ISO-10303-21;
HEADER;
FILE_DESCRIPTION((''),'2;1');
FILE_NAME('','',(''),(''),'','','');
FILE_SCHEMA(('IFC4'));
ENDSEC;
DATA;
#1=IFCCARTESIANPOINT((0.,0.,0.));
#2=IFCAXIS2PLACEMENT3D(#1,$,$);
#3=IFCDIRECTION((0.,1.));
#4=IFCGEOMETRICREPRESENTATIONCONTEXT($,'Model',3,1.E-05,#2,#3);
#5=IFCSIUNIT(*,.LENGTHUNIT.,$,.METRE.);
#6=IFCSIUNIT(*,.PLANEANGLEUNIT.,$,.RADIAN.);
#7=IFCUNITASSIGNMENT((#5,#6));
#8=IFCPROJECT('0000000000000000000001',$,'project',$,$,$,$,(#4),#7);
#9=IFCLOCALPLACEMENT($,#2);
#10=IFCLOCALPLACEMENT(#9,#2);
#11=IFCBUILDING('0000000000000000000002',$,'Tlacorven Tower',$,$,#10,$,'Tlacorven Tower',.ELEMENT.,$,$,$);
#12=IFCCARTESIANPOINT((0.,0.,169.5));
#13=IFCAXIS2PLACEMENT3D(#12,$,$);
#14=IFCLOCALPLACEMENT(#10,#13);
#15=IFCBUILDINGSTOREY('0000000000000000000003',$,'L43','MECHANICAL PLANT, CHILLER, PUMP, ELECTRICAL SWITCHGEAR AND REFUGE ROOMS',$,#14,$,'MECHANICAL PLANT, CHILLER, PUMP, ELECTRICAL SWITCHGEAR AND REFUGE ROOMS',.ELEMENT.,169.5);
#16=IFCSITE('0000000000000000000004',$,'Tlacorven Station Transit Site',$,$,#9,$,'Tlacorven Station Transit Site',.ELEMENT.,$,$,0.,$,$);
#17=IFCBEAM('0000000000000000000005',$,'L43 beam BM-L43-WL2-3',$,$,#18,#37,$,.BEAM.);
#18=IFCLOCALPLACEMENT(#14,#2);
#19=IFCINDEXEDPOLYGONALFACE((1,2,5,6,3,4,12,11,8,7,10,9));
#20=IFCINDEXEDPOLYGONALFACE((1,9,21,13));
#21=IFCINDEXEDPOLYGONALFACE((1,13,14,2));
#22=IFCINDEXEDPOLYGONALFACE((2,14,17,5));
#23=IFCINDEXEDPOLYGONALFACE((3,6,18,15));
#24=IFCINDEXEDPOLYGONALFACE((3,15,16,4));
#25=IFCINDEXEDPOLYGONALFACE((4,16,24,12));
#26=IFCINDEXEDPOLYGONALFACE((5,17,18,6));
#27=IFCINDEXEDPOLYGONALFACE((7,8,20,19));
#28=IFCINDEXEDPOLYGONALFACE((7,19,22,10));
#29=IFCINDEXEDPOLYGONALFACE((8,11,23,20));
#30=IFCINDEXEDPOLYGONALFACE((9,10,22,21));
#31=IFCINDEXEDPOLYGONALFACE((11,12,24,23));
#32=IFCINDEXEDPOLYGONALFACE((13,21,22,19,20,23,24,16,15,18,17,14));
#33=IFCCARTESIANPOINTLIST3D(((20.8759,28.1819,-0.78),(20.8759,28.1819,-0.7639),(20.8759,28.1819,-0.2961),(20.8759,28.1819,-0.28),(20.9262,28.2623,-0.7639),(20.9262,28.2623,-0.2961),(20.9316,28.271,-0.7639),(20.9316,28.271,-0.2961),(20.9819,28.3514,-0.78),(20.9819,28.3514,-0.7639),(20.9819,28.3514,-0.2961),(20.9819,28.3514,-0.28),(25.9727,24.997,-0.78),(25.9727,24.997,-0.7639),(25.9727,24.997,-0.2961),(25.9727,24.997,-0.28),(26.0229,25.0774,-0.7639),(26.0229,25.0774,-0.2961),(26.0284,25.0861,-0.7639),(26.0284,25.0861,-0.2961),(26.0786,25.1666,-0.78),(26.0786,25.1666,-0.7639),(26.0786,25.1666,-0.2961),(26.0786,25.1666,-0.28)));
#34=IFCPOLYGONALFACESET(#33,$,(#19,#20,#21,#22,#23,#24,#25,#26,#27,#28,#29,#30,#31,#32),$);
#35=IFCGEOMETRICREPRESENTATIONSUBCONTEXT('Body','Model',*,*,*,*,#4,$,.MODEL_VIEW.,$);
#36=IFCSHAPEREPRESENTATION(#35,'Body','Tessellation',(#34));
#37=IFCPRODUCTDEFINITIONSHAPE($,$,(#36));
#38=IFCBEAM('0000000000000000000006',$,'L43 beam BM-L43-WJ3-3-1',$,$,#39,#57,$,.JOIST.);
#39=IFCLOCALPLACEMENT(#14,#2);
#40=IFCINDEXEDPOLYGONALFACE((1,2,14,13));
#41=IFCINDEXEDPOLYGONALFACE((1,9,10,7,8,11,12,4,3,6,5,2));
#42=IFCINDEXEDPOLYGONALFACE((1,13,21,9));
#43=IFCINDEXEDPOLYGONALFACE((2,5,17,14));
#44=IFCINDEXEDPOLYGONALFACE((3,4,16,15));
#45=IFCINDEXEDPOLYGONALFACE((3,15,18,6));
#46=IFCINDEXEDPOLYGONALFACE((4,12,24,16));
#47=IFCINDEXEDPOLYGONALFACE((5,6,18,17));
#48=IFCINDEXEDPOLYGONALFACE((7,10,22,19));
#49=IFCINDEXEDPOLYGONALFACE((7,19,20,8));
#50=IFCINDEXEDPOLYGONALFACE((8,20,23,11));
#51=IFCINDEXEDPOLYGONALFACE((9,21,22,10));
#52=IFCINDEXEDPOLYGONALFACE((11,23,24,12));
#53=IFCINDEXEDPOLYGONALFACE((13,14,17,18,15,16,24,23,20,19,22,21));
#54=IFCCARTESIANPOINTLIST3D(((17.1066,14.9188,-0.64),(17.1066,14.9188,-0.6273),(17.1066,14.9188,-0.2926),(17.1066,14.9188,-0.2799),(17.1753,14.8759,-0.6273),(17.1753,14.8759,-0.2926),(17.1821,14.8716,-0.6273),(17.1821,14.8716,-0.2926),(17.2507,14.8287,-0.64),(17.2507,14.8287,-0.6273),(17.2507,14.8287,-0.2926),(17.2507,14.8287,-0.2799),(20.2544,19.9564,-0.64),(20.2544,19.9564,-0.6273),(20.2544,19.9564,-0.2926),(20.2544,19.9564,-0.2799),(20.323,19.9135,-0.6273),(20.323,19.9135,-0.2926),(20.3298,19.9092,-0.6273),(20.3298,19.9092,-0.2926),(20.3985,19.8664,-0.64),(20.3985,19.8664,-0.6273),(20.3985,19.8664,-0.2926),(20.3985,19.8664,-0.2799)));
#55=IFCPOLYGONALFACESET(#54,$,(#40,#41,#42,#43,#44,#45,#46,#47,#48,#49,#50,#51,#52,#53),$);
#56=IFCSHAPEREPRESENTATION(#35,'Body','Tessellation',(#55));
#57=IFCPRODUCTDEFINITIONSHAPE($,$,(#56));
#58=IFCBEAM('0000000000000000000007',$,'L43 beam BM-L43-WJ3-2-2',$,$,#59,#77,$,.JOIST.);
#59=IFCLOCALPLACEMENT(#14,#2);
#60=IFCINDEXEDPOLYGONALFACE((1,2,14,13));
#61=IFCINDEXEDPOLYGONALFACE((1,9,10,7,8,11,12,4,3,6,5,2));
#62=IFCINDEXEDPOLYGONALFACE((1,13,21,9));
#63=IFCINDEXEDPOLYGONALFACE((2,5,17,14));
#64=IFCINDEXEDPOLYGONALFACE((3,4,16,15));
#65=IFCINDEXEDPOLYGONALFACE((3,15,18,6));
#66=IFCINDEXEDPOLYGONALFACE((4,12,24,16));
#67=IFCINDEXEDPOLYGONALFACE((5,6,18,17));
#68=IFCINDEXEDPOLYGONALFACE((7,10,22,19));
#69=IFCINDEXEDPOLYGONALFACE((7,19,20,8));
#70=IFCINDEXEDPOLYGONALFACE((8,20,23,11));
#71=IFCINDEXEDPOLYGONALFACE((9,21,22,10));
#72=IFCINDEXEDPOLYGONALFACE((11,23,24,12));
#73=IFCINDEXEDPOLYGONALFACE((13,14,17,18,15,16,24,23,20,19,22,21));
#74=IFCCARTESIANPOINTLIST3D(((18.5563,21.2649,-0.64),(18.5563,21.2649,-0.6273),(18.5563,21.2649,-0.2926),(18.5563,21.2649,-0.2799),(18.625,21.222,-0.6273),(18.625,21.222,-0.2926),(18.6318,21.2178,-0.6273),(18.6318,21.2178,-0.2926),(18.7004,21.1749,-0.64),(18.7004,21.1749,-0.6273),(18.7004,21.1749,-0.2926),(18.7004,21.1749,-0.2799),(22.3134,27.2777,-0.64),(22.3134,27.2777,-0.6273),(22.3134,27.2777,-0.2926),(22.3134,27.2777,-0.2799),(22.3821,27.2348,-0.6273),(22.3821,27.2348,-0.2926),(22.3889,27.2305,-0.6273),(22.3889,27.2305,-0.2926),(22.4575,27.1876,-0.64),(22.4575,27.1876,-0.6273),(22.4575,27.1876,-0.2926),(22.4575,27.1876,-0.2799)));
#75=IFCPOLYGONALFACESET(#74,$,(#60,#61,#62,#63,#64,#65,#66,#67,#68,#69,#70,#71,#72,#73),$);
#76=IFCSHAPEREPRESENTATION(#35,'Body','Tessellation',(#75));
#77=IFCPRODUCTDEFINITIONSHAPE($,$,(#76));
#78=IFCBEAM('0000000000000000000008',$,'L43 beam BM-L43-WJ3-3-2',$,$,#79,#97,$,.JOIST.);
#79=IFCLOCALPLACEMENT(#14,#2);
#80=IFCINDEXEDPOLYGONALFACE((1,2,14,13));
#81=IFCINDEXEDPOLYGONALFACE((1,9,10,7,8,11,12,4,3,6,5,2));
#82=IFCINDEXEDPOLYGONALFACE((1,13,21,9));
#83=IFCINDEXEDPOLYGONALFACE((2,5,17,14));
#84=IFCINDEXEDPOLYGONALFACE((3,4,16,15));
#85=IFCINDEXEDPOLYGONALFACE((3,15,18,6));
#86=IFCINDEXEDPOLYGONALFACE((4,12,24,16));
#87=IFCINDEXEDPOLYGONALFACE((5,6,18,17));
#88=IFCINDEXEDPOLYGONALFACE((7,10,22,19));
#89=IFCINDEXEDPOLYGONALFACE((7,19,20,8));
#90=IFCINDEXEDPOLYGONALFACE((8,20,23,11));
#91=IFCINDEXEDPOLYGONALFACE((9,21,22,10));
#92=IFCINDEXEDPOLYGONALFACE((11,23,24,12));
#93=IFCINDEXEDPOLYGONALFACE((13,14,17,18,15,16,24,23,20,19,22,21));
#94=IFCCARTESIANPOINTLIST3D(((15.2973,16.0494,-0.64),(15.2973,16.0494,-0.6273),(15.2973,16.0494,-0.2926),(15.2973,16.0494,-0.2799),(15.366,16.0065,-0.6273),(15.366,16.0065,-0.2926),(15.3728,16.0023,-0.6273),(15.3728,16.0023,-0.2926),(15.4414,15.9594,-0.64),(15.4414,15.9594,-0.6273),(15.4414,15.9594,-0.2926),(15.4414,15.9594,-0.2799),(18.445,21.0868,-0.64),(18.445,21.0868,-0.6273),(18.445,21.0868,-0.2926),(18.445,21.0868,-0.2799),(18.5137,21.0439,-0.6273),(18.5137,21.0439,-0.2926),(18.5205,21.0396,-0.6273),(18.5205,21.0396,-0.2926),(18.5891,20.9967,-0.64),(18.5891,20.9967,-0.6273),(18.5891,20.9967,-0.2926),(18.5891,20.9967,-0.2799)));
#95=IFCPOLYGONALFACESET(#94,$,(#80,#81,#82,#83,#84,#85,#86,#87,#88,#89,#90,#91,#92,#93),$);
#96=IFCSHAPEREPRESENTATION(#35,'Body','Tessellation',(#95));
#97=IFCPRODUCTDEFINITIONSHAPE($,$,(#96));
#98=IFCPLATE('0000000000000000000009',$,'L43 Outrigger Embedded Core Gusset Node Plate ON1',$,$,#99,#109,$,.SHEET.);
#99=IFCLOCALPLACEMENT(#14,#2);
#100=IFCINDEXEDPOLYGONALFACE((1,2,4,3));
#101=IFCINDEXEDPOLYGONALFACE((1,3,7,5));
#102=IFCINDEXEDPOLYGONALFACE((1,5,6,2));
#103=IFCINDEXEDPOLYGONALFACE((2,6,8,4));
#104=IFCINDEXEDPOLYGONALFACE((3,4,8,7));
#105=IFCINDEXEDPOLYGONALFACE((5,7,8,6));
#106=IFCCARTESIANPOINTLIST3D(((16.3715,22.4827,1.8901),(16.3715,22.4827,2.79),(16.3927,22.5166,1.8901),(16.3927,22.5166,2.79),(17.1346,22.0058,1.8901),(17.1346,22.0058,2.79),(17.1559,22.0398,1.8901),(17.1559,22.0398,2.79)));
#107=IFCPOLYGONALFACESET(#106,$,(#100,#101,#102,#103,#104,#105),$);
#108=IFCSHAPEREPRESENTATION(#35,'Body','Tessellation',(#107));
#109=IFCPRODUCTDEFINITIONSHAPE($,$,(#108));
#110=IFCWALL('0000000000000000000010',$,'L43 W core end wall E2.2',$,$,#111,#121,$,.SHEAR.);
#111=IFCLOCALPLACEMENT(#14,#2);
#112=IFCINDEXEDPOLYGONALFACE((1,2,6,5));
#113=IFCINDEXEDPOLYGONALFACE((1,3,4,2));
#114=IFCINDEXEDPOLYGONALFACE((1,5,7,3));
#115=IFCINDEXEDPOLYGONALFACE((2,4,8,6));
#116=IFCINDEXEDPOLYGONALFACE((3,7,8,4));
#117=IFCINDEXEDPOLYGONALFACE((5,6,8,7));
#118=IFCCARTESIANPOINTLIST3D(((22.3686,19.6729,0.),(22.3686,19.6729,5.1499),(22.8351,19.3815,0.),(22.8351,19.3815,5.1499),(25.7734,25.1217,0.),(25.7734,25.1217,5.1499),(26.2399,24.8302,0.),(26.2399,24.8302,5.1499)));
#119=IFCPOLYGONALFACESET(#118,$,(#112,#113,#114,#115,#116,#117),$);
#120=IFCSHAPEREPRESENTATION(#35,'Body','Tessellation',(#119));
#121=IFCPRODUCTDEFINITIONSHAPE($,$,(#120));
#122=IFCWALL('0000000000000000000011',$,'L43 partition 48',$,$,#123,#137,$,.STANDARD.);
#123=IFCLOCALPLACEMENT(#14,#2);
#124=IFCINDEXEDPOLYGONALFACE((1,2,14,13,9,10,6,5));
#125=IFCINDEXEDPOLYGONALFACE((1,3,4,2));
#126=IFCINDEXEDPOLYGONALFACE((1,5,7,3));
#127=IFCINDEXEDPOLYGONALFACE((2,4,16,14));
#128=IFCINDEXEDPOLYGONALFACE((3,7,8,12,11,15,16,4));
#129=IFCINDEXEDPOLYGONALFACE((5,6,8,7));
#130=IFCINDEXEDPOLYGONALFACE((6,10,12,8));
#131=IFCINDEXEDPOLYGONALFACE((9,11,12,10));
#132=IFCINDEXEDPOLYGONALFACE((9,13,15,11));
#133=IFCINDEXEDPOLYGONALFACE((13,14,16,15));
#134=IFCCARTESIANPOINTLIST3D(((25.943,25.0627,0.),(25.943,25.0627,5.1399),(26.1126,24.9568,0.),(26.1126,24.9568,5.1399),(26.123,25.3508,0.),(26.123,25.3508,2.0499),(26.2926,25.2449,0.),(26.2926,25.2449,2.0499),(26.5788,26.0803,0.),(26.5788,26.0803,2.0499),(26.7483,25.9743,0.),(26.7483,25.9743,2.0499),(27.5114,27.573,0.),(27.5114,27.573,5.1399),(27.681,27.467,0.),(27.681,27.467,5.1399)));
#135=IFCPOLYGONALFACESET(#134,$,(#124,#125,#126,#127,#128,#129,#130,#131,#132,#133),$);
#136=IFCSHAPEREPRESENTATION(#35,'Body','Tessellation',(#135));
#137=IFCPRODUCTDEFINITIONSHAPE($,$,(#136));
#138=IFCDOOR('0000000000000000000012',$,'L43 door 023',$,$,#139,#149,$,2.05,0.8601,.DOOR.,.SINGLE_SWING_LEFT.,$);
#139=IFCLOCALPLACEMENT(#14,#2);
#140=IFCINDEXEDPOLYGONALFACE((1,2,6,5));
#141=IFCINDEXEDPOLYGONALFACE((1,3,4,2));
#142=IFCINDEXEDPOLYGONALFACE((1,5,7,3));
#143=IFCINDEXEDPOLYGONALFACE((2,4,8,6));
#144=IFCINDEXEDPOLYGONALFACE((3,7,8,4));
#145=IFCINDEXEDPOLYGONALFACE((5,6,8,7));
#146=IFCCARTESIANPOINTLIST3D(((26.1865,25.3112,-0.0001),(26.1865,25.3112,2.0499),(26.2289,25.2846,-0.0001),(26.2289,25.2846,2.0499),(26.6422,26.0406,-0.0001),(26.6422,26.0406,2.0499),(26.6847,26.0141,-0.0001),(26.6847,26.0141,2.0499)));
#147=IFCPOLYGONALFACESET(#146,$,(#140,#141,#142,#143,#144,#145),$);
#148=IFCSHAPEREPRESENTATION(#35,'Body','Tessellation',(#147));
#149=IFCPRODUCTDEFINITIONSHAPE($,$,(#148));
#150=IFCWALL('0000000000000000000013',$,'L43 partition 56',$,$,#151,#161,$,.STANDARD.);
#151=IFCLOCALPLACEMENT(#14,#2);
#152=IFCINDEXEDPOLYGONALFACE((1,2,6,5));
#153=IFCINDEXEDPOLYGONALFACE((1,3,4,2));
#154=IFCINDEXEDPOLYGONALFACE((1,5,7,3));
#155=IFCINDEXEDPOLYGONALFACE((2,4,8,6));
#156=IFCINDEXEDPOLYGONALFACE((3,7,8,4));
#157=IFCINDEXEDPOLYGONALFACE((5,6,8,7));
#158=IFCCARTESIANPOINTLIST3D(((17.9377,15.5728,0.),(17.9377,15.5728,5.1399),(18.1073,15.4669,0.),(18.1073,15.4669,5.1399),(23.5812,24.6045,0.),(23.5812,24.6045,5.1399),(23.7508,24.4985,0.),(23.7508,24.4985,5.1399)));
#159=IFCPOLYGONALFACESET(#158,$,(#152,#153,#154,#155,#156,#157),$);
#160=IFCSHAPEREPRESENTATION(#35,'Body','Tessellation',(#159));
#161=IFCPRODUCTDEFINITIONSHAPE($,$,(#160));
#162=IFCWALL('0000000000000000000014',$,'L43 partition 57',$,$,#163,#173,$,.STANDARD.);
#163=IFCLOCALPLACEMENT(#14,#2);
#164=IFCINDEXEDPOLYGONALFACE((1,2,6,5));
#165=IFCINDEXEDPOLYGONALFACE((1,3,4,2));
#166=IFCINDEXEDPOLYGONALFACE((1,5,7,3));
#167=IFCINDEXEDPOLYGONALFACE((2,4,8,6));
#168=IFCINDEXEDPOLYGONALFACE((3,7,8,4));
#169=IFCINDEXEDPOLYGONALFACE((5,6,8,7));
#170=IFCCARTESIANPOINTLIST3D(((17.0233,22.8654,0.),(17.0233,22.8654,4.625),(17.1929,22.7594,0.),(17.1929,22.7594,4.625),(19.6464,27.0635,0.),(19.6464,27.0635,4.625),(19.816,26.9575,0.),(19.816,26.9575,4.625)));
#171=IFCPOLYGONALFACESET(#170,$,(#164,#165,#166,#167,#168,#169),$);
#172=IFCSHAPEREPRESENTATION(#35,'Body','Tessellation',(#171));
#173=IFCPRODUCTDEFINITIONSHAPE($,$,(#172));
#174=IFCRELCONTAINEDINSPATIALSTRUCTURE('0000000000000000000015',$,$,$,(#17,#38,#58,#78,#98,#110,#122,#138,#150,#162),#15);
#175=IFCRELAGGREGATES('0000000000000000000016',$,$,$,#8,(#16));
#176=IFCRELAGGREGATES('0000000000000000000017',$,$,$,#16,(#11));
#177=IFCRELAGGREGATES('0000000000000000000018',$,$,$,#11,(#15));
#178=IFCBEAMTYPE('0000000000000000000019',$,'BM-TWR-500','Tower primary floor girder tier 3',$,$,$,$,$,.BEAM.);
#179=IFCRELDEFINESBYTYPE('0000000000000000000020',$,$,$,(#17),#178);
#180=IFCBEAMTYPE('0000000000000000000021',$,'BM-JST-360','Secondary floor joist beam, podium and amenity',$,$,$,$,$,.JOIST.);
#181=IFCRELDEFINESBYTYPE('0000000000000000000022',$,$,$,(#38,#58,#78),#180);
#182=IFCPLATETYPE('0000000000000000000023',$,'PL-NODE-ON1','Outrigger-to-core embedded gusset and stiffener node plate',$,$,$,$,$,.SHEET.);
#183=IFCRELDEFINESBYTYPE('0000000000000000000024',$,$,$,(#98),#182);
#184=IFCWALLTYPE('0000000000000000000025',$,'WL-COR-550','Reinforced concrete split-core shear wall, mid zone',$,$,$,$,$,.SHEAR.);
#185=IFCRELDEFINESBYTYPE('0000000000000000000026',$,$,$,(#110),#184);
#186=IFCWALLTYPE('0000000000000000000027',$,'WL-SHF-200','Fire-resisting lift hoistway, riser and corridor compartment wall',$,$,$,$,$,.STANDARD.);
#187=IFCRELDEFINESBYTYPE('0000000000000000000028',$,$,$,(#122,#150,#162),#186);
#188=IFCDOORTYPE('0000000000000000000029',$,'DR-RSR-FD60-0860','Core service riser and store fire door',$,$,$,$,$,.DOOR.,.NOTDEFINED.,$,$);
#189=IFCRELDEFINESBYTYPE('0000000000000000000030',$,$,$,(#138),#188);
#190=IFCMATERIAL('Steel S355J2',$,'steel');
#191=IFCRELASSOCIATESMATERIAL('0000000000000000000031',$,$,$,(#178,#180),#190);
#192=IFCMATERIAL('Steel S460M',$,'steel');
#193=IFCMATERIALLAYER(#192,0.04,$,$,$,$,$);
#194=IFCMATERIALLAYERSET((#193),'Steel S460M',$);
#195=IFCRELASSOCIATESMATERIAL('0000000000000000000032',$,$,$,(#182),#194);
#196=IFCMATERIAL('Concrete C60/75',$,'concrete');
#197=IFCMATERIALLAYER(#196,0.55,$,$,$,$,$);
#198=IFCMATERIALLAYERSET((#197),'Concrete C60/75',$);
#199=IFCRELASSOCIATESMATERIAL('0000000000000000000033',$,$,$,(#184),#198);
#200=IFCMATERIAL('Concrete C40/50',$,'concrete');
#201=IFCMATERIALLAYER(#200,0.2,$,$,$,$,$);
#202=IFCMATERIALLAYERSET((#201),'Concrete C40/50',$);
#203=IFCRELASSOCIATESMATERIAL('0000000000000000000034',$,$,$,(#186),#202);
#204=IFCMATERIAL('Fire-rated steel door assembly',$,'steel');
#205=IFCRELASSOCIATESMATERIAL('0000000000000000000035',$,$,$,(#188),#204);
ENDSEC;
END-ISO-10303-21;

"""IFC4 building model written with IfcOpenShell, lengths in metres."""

from ifc_helpers import new_model, si_unit, direction, frame, frame_2d, origin, origin_2d, place, context, subcontext, project, spatial, rectangle, i_section, extrude, source, transform, mapped, material, layer, layer_set, material_profile, profile_set, type_object, element, fill, save


model = new_model("IFC4")

# Units and contexts
model_context = context("Model", 3, precision=1e-05, world=origin(), true_north=direction((0.0, 1.0)))
body_context = subcontext(model_context, "Body", "Model", "MODEL_VIEW")
ifc_project = project(units=[si_unit("LENGTHUNIT", "METRE"), si_unit("PLANEANGLEUNIT", "RADIAN")], contexts=[model_context])

# Site, building, storey
site_placement = place(None, origin())
site = spatial("IfcSite", under=ifc_project, at=site_placement, Name="Tlacorven Station Transit Site", LongName="Tlacorven Station Transit Site", CompositionType="ELEMENT", RefElevation=0.0)
building_placement = place(site_placement, origin())
building = spatial("IfcBuilding", under=site, at=building_placement, Name="Tlacorven Tower", LongName="Tlacorven Tower", CompositionType="ELEMENT")
storey_placement = place(building_placement, frame((0.0, 0.0, 169.5)))
storey = spatial("IfcBuildingStorey", under=building, at=storey_placement, Name="L43", Description="MECHANICAL PLANT, CHILLER, PUMP, ELECTRICAL SWITCHGEAR AND REFUGE ROOMS", LongName="MECHANICAL PLANT, CHILLER, PUMP, ELECTRICAL SWITCHGEAR AND REFUGE ROOMS", CompositionType="ELEMENT", Elevation=169.5)

# Beams
ifc_material_1 = material(Name="Steel S355J2", Category="steel")
ifc_material_profile_1 = material_profile(ifc_material_1, i_section(OverallWidth=0.2, OverallDepth=0.5, WebThickness=0.0103, FlangeThickness=0.0161, at=origin_2d()), Name="IPE 500")
ifc_profile_set_1 = profile_set([ifc_material_profile_1], Name="Steel S355J2")
beam_type_1 = type_object("IfcBeamType", Name="BM-TWR-500", Description="Tower primary floor girder tier 3", PredefinedType="BEAM", material=ifc_profile_set_1)
shared_shape_1 = source(origin(), body_context, "Body", "SweptSolid", [
    extrude(i_section(OverallWidth=0.2, OverallDepth=0.5, WebThickness=0.0103, FlangeThickness=0.0161, at=origin_2d()), origin(), (0.0, 0.0, 1.0), 6.01),
])
beam_1_placement = place(storey_placement, frame((26.0256, 25.0818, -0.53), z_axis=(-0.848044, 0.529926, 0.0), x_axis=(-0.529926, -0.848044, 0.0)))
element("IfcBeam", 1, at=beam_1_placement, inside=storey, type_object=beam_type_1, Name="L43 beam BM-L43-WL2-3", PredefinedType="BEAM", context=body_context, shape_type="MappedRepresentation", body=[
    mapped(shared_shape_1, transform((0.0, 0.0, 0.0), scale=1.0)),
])
ifc_material_profile_2 = material_profile(ifc_material_1, i_section(OverallWidth=0.1699, OverallDepth=0.3601, WebThickness=0.0081, FlangeThickness=0.0127, at=origin_2d()), Name="IPE 360")
ifc_profile_set_2 = profile_set([ifc_material_profile_2], Name="Steel S355J2")
beam_type_2 = type_object("IfcBeamType", Name="BM-JST-360", Description="Secondary floor joist beam, podium and amenity", PredefinedType="JOIST", material=ifc_profile_set_2)
shared_shape_2 = source(origin(), body_context, "Body", "SweptSolid", [
    extrude(i_section(OverallWidth=0.1699, OverallDepth=0.3601, WebThickness=0.0081, FlangeThickness=0.0127, at=origin_2d()), origin(), (0.0, 0.0, 1.0), 5.9402),
])
beam_2_placement = place(storey_placement, frame((20.3264, 19.9114, -0.46), z_axis=(-0.529903, -0.848058, 0.0), x_axis=(0.848058, -0.529903, 0.0)))
element("IfcBeam", 2, at=beam_2_placement, inside=storey, type_object=beam_type_2, Name="L43 beam BM-L43-WJ3-3-1", PredefinedType="JOIST", context=body_context, shape_type="MappedRepresentation", body=[
    mapped(shared_shape_2, transform((0.0, 0.0, 0.0), scale=1.0)),
])
shared_shape_3 = source(origin(), body_context, "Body", "SweptSolid", [
    extrude(i_section(OverallWidth=0.1699, OverallDepth=0.3601, WebThickness=0.0081, FlangeThickness=0.0127, at=origin_2d()), origin(), (0.0, 0.0, 1.0), 7.0901),
])
beam_3_placement = place(storey_placement, frame((22.3855, 27.2327, -0.46), z_axis=(-0.529912, -0.848052, 0.0), x_axis=(0.848052, -0.529912, 0.0)))
element("IfcBeam", 3, at=beam_3_placement, inside=storey, type_object=beam_type_2, Name="L43 beam BM-L43-WJ3-2-2", PredefinedType="JOIST", context=body_context, shape_type="MappedRepresentation", body=[
    mapped(shared_shape_3, transform((0.0, 0.0, 0.0), scale=1.0)),
])
shared_shape_4 = source(origin(), body_context, "Body", "SweptSolid", [
    extrude(i_section(OverallWidth=0.1699, OverallDepth=0.3601, WebThickness=0.0081, FlangeThickness=0.0127, at=origin_2d()), origin(), (0.0, 0.0, 1.0), 5.9399),
])
beam_4_placement = place(storey_placement, frame((18.5171, 21.0417, -0.46), z_axis=(-0.529921, -0.848047, 0.0), x_axis=(0.848047, -0.529921, 0.0)))
element("IfcBeam", 4, at=beam_4_placement, inside=storey, type_object=beam_type_2, Name="L43 beam BM-L43-WJ3-3-2", PredefinedType="JOIST", context=body_context, shape_type="MappedRepresentation", body=[
    mapped(shared_shape_4, transform((0.0, 0.0, 0.0), scale=1.0)),
])

# Plate
ifc_material_2 = material(Name="Steel S460M", Category="steel")
ifc_layer_1 = layer(ifc_material_2, 0.04)
ifc_layer_set_1 = layer_set([ifc_layer_1], Name="Steel S460M")
plate_type = type_object("IfcPlateType", Name="PL-NODE-ON1", Description="Outrigger-to-core embedded gusset and stiffener node plate", PredefinedType="SHEET", material=ifc_layer_set_1)
shared_shape_5 = source(origin(), body_context, "Body", "SweptSolid", [
    extrude(rectangle(XDim=0.8999, YDim=0.04, at=origin_2d()), origin(), (0.0, 0.0, 1.0), 0.8999),
])
plate_placement = place(storey_placement, frame((16.7637, 22.2612, 1.8901), z_axis=(0.0, 0.0, 1.0), x_axis=(-0.848048, 0.529919, 0.0)))
element("IfcPlate", 5, at=plate_placement, inside=storey, type_object=plate_type, Name="L43 Outrigger Embedded Core Gusset Node Plate ON1", PredefinedType="SHEET", context=body_context, shape_type="MappedRepresentation", body=[
    mapped(shared_shape_5, transform((0.0, 0.0, 0.0), scale=1.0)),
])

# Wall
ifc_material_3 = material(Name="Concrete C60/75", Category="concrete")
ifc_layer_2 = layer(ifc_material_3, 0.55)
ifc_layer_set_2 = layer_set([ifc_layer_2], Name="Concrete C60/75")
wall_type_1 = type_object("IfcWallType", Name="WL-COR-550", Description="Reinforced concrete split-core shear wall, mid zone", PredefinedType="SHEAR", material=ifc_layer_set_2)
wall_1_placement = place(storey_placement, frame((26.0066, 24.9758, 0.0), z_axis=(0.0, 0.0, 1.0), x_axis=(-0.529924, -0.848045, 0.0)))
element("IfcWall", 6, at=wall_1_placement, inside=storey, type_object=wall_type_1, Name="L43 W core end wall E2.2", PredefinedType="SHEAR", context=body_context, shape_type="SweptSolid", body=[
    extrude(rectangle(XDim=6.425, YDim=0.55, at=frame_2d((3.2124, 0.0))), origin(), (0.0, 0.0, 1.0), 5.1499),
])

# Shared definitions
ifc_material_4 = material(Name="Concrete C40/50", Category="concrete")
ifc_layer_3 = layer(ifc_material_4, 0.2)
ifc_layer_set_3 = layer_set([ifc_layer_3], Name="Concrete C40/50")
wall_type_2 = type_object("IfcWallType", Name="WL-SHF-200", Description="Fire-resisting lift hoistway, riser and corridor compartment wall", PredefinedType="STANDARD", material=ifc_layer_set_3)
ifc_material_5 = material(Name="Fire-rated steel door assembly", Category="steel")

# Wall, opening, door
wall_2_placement = place(storey_placement, frame((27.5962, 27.52, 0.0), z_axis=(0.0, 0.0, 1.0), x_axis=(-0.529865, -0.848082, 0.0)))
wall_2 = element("IfcWall", 7, at=wall_2_placement, inside=storey, type_object=wall_type_2, Name="L43 partition 48", PredefinedType="STANDARD", context=body_context, shape_type="SweptSolid", body=[
    extrude(rectangle(XDim=2.96, YDim=0.2, at=frame_2d((1.48, 0.0))), origin(), (0.0, 0.0, 1.0), 5.1399),
])
opening_1_placement = place(wall_2_placement, frame((1.76, 0.0, 0.0)))
opening_1 = element("IfcOpeningElement", 8, at=opening_1_placement, cuts=wall_2, PredefinedType="OPENING", context=body_context, shape_type="SweptSolid", body=[
    extrude(rectangle(XDim=0.8601, YDim=2.05, at=frame_2d((0.4302, 1.0249))), frame((0.0, 0.1099, 0.0), z_axis=(0.0, -1.0, 0.0), x_axis=(1.0, 0.0, 0.0)), (0.0, 0.0, 1.0), 0.22),
])
door_type_1 = type_object("IfcDoorType", Name="DR-RSR-FD60-0860", Description="Core service riser and store fire door", OperationType="NOTDEFINED", PredefinedType="DOOR", material=ifc_material_5)
shared_shape_6 = source(origin(), body_context, "Body", "SweptSolid", [
    extrude(rectangle(XDim=0.8601, YDim=2.05, at=frame_2d((0.4302, 1.0249))), frame((0.0, 0.0249, 0.0), z_axis=(0.0, -1.0, 0.0), x_axis=(1.0, 0.0, 0.0)), (0.0, 0.0, 1.0), 0.05),
])
door_1_placement = place(opening_1_placement, origin())
door_1 = element("IfcDoor", 9, at=door_1_placement, inside=storey, type_object=door_type_1, Name="L43 door 023", OperationType="SINGLE_SWING_LEFT", OverallHeight=2.05, OverallWidth=0.8601, PredefinedType="DOOR", context=body_context, shape_type="MappedRepresentation", body=[
    mapped(shared_shape_6, transform((0.0, 0.0, 0.0), scale=1.0)),
])
fill(opening_1, door_1)

# Walls
wall_3_placement = place(storey_placement, frame((23.666, 24.5515, 0.0), z_axis=(0.0, 0.0, 1.0), x_axis=(-0.529912, -0.848052, 0.0)))
element("IfcWall", 10, at=wall_3_placement, inside=storey, type_object=wall_type_2, Name="L43 partition 56", PredefinedType="STANDARD", context=body_context, shape_type="SweptSolid", body=[
    extrude(rectangle(XDim=10.6499, YDim=0.2, at=frame_2d((5.325, 0.0))), origin(), (0.0, 0.0, 1.0), 5.1399),
])
wall_4_placement = place(storey_placement, frame((19.7312, 27.0105, 0.0), z_axis=(0.0, 0.0, 1.0), x_axis=(-0.529897, -0.848062, 0.0)))
element("IfcWall", 11, at=wall_4_placement, inside=storey, type_object=wall_type_2, Name="L43 partition 57", PredefinedType="STANDARD", context=body_context, shape_type="SweptSolid", body=[
    extrude(rectangle(XDim=4.9502, YDim=0.2, at=frame_2d((2.4751, 0.0))), origin(), (0.0, 0.0, 1.0), 4.625),
])

save(model, "model.ifc")
